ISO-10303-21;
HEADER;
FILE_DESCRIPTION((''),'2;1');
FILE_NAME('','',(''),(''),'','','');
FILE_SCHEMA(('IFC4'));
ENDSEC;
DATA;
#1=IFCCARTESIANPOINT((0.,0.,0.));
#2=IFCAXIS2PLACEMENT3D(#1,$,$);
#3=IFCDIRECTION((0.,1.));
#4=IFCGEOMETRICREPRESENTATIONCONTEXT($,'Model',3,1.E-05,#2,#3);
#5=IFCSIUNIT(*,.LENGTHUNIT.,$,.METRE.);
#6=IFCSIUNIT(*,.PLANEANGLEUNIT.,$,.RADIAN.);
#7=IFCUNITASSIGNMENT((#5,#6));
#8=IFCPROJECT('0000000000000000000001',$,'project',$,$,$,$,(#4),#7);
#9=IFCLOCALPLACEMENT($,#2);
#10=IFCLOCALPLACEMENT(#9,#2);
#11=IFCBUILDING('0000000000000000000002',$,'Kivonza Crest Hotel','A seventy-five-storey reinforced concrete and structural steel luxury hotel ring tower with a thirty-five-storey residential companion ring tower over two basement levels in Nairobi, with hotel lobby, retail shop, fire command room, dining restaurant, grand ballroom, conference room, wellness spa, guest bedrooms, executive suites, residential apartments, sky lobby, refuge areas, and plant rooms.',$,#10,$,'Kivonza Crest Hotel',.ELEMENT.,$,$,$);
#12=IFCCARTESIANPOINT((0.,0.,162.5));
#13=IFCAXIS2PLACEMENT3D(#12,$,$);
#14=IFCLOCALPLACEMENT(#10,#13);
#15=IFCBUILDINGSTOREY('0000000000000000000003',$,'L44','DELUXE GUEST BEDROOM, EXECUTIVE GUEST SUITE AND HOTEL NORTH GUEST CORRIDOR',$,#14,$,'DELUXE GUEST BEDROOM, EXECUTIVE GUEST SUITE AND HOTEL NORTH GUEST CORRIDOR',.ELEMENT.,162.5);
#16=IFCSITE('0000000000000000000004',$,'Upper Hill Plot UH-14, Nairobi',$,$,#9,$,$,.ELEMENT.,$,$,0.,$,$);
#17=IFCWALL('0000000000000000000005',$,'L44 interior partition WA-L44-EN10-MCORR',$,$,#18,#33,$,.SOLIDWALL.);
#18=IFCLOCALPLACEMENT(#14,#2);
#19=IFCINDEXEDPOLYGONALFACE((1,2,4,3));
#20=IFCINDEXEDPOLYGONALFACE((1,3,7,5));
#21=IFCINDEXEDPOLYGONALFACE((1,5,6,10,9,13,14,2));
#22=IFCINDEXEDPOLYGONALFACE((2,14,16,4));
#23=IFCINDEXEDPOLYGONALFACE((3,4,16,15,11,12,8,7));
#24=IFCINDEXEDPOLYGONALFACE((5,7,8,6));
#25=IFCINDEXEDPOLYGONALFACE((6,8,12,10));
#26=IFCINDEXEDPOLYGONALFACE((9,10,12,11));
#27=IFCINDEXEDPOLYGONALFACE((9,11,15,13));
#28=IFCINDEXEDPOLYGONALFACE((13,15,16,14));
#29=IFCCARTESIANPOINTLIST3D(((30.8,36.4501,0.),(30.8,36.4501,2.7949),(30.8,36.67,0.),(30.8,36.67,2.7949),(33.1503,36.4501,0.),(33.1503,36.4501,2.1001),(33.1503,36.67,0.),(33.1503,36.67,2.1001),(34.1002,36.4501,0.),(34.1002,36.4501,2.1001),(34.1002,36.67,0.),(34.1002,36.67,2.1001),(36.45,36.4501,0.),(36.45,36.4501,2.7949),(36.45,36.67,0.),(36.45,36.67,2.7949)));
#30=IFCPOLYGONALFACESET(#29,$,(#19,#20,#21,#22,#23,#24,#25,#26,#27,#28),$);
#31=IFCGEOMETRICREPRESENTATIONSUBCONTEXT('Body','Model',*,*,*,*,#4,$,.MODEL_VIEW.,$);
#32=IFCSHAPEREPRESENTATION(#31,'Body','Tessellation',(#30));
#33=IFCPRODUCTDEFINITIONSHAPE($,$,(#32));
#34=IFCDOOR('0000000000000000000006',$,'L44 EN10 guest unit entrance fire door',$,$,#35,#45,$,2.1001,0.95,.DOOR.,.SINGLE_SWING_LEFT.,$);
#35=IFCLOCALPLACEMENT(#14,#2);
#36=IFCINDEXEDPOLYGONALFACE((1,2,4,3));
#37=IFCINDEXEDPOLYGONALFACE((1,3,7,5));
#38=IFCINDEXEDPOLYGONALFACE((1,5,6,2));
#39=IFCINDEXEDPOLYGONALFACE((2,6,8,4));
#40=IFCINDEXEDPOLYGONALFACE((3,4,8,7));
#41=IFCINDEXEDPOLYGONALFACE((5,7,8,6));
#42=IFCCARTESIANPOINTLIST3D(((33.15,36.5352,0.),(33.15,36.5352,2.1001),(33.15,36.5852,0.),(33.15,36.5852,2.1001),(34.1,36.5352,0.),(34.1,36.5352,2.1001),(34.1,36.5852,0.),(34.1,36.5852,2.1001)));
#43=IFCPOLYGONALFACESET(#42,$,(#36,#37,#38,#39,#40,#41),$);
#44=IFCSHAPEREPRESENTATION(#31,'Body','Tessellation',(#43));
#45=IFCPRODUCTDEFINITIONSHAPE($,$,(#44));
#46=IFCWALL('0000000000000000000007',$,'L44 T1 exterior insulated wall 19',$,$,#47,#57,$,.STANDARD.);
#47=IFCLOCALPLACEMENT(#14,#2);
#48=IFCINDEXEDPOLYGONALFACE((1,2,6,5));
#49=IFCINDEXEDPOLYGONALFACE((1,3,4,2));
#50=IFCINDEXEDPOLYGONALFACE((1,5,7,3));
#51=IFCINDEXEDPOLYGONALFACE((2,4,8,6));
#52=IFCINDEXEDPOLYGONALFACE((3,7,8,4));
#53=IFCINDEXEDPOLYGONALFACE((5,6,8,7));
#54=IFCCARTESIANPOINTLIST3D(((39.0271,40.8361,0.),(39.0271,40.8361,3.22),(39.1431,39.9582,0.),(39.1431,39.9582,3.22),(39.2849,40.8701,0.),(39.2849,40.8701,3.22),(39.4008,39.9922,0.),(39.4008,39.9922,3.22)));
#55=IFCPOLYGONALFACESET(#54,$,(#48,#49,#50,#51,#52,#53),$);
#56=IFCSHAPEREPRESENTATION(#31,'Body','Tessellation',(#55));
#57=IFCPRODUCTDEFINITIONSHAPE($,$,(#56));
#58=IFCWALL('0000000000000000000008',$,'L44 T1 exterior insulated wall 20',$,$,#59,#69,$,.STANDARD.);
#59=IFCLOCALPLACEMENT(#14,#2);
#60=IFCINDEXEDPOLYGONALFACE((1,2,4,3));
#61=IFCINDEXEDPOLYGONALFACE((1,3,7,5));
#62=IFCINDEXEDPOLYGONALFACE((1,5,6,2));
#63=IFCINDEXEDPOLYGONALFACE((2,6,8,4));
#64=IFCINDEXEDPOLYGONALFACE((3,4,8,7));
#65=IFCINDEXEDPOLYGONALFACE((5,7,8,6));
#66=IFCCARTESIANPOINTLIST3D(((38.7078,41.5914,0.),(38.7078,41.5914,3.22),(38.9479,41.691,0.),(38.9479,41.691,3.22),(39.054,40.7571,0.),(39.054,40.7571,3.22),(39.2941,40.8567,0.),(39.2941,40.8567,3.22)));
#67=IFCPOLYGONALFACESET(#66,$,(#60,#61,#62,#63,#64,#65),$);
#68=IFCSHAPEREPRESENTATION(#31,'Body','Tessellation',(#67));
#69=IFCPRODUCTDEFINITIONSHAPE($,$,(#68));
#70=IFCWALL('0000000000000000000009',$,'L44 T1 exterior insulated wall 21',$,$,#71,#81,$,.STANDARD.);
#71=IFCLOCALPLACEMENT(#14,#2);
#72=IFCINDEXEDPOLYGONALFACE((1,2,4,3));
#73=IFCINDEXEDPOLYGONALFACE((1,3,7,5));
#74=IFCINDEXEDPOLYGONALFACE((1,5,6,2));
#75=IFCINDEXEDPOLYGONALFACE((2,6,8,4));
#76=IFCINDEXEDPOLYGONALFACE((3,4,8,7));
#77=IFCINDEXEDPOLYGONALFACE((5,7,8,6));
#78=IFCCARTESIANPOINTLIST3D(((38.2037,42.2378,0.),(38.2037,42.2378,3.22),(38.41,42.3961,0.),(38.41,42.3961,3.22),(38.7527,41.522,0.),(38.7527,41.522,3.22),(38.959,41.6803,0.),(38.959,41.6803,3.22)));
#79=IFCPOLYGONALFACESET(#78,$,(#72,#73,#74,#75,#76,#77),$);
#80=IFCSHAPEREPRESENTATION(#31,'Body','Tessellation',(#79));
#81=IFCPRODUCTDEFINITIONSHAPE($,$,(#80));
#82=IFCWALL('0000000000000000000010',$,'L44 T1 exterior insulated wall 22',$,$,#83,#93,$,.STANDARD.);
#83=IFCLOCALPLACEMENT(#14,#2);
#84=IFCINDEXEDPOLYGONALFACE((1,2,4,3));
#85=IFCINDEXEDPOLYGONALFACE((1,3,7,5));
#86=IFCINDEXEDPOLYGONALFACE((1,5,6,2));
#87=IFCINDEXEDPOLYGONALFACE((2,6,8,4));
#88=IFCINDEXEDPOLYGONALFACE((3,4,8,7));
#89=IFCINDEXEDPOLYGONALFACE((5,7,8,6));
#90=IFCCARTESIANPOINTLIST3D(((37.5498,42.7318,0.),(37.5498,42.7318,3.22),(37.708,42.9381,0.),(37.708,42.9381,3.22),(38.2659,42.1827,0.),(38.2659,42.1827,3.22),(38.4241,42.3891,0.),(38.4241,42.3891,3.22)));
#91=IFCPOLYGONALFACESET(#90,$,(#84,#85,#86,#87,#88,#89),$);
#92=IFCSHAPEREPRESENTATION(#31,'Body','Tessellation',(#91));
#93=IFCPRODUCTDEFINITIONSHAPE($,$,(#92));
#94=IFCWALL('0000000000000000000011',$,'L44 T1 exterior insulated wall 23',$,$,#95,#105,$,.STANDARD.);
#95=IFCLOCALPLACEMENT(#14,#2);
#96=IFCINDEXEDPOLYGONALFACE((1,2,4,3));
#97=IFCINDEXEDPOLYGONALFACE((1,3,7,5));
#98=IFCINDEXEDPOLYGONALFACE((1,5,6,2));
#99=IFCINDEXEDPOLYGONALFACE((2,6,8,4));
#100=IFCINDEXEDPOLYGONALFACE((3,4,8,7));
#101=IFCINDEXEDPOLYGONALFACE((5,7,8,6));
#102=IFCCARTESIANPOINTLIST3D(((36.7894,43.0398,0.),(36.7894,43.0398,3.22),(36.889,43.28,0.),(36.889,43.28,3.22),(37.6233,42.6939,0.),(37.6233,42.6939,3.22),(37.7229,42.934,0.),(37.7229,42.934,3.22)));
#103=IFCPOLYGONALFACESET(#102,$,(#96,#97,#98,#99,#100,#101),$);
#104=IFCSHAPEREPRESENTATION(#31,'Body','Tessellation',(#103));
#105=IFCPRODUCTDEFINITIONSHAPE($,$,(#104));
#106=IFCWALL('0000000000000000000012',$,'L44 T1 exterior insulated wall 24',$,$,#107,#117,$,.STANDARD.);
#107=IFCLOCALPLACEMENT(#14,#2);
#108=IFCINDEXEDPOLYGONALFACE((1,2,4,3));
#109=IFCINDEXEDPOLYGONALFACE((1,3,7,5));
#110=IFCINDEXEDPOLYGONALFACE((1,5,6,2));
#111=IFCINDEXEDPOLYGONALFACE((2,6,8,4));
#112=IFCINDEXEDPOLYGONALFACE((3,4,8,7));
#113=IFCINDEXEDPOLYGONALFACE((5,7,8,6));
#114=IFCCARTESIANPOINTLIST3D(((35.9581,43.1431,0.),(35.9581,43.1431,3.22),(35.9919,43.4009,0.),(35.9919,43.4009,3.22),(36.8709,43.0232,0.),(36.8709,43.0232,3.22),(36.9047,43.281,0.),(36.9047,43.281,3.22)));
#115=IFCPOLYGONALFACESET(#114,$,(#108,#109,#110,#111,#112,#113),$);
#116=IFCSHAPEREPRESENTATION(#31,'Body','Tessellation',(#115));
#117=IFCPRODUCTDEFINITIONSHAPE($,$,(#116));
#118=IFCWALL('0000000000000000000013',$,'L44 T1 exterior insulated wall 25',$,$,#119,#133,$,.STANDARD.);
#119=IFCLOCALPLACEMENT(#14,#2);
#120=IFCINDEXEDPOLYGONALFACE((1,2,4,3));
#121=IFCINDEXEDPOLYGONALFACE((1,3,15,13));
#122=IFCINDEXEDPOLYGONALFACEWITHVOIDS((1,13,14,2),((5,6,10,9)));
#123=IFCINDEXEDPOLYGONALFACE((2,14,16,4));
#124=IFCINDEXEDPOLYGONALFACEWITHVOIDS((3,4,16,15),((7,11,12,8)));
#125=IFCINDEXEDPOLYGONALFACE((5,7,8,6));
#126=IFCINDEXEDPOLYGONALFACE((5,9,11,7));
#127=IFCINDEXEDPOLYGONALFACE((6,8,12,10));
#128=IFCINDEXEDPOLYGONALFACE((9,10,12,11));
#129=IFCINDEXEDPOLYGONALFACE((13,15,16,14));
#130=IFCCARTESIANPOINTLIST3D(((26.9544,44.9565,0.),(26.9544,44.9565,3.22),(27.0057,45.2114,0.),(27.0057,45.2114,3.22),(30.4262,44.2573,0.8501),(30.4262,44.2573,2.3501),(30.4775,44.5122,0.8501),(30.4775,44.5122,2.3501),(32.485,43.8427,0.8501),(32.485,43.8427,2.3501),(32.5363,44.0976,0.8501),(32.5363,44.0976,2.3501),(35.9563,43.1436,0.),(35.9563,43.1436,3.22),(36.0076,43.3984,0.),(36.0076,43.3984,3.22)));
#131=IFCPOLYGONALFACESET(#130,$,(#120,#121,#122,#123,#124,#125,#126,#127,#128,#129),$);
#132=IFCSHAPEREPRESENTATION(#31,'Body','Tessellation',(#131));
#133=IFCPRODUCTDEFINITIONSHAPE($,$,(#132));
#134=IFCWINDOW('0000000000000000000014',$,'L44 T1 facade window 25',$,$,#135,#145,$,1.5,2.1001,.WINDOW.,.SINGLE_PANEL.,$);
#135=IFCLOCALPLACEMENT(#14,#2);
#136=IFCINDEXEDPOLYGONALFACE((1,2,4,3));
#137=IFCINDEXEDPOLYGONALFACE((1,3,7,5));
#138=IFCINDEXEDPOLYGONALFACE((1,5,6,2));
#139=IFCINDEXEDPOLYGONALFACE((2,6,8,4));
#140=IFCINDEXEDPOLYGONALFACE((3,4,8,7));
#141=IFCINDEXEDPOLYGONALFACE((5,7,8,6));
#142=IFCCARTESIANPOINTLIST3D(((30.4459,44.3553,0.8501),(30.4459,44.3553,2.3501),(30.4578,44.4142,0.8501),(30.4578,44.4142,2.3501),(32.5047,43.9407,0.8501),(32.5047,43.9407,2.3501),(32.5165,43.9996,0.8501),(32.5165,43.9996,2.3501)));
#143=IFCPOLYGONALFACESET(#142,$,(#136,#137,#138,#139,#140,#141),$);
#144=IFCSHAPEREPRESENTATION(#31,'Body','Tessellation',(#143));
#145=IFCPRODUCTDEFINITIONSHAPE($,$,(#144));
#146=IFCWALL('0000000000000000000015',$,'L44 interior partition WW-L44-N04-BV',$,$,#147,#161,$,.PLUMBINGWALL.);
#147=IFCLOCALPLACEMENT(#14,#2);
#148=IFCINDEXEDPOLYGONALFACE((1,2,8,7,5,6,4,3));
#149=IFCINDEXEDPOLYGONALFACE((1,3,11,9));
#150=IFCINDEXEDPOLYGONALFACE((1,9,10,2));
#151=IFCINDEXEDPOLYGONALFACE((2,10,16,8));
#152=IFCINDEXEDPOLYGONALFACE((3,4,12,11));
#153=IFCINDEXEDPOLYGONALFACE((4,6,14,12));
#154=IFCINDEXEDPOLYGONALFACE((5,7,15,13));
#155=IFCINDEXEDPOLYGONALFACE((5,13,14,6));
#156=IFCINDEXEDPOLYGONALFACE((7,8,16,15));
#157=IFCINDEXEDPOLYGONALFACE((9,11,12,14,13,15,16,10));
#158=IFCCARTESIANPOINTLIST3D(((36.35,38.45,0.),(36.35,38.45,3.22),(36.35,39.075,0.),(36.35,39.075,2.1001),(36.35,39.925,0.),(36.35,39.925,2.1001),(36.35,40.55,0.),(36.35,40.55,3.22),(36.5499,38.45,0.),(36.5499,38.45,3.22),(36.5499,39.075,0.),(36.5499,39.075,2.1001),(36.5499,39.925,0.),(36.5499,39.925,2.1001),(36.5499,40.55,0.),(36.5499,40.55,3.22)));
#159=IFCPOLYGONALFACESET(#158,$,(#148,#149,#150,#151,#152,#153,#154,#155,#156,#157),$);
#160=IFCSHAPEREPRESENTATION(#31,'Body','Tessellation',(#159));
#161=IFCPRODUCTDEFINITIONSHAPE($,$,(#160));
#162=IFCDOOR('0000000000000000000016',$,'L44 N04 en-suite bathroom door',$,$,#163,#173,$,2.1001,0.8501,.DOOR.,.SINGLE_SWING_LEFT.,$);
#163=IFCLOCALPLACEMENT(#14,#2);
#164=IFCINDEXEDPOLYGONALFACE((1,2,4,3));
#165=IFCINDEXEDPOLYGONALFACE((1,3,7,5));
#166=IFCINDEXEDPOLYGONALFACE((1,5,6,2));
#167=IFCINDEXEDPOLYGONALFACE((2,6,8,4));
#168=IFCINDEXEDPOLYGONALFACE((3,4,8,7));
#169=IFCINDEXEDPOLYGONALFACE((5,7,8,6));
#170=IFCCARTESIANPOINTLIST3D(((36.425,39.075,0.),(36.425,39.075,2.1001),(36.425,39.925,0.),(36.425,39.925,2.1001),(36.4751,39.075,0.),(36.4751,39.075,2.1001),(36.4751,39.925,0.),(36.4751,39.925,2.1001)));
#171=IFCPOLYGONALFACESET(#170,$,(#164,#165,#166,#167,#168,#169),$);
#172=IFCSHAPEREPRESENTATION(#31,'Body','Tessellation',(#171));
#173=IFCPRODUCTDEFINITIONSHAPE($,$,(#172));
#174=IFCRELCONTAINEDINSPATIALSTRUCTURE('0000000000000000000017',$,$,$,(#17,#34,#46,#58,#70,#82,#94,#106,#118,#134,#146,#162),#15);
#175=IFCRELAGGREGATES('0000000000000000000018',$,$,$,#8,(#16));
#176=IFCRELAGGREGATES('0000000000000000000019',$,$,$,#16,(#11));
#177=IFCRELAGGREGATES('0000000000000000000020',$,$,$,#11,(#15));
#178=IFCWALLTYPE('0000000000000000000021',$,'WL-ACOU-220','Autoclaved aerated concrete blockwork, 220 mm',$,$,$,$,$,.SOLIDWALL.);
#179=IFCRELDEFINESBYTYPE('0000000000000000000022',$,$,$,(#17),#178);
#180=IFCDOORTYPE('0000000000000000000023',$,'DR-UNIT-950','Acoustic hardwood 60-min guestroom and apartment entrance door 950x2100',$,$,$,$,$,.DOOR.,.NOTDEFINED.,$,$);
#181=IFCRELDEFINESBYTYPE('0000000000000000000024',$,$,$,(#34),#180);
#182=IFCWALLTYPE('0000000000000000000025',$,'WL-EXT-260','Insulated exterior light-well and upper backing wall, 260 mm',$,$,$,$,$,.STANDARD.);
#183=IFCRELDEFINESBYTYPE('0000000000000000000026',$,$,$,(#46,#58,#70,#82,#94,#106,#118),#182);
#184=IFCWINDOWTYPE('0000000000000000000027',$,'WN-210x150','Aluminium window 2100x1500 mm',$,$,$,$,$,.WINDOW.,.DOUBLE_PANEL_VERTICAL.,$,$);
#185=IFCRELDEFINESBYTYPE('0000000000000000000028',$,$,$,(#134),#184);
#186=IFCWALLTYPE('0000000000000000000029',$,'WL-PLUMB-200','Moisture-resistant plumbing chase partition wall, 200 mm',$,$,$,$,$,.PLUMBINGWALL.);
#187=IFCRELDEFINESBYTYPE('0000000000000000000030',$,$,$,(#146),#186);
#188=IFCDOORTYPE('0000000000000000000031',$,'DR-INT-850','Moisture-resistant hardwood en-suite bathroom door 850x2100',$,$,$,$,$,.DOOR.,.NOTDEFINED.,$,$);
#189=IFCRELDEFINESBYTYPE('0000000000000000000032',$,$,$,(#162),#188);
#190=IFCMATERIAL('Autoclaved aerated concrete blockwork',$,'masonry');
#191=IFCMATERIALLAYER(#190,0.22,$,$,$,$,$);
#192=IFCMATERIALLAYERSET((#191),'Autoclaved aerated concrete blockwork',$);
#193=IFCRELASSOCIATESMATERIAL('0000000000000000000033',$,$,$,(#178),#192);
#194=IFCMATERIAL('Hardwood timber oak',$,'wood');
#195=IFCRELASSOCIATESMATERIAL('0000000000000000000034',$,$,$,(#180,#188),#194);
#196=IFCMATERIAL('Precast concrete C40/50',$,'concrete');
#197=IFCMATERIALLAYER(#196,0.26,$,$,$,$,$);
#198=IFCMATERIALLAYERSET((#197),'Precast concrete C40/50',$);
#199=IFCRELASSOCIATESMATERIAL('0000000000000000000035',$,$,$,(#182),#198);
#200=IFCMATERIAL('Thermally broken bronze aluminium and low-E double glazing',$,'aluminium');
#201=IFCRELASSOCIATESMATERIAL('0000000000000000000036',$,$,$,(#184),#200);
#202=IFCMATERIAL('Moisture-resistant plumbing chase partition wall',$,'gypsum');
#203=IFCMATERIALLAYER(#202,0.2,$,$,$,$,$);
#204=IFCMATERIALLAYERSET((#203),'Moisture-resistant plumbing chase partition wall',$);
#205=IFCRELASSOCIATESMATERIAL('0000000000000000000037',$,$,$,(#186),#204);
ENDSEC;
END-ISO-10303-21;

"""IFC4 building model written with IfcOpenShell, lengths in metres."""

from ifc_helpers import new_model, si_unit, direction, frame, frame_2d, origin, place, context, subcontext, project, spatial, rectangle, extrude, material, layer, layer_set, type_object, element, fill, save


model = new_model("IFC4")

# Units and contexts
model_context = context("Model", 3, precision=1e-05, world=origin(), true_north=direction((0.0, 1.0)))
body_context = subcontext(model_context, "Body", "Model", "MODEL_VIEW")
ifc_project = project(units=[si_unit("LENGTHUNIT", "METRE"), si_unit("PLANEANGLEUNIT", "RADIAN")], contexts=[model_context])

# Site, building, storey
site_placement = place(None, origin())
site = spatial("IfcSite", under=ifc_project, at=site_placement, Name="Upper Hill Plot UH-14, Nairobi", CompositionType="ELEMENT", RefElevation=0.0)
building_placement = place(site_placement, origin())
building = spatial("IfcBuilding", under=site, at=building_placement, Name="Kivonza Crest Hotel", Description="A seventy-five-storey reinforced concrete and structural steel luxury hotel ring tower with a thirty-five-storey residential companion ring tower over two basement levels in Nairobi, with hotel lobby, retail shop, fire command room, dining restaurant, grand ballroom, conference room, wellness spa, guest bedrooms, executive suites, residential apartments, sky lobby, refuge areas, and plant rooms.", LongName="Kivonza Crest Hotel", CompositionType="ELEMENT")
storey_placement = place(building_placement, frame((0.0, 0.0, 162.5)))
storey = spatial("IfcBuildingStorey", under=building, at=storey_placement, Name="L44", Description="DELUXE GUEST BEDROOM, EXECUTIVE GUEST SUITE AND HOTEL NORTH GUEST CORRIDOR", LongName="DELUXE GUEST BEDROOM, EXECUTIVE GUEST SUITE AND HOTEL NORTH GUEST CORRIDOR", CompositionType="ELEMENT", Elevation=162.5)

# Shared definitions
ifc_material_1 = material(Name="Autoclaved aerated concrete blockwork", Category="masonry")
ifc_layer_1 = layer(ifc_material_1, 0.22)
ifc_layer_set_1 = layer_set([ifc_layer_1], Name="Autoclaved aerated concrete blockwork")
wall_type_1 = type_object("IfcWallType", Name="WL-ACOU-220", Description="Autoclaved aerated concrete blockwork, 220 mm", PredefinedType="SOLIDWALL", material=ifc_layer_set_1)

# Wall, opening, door
wall_1_placement = place(storey_placement, frame((30.8, 36.5601, 0.0), z_axis=(0.0, 0.0, 1.0), x_axis=(1.0, 0.0, 0.0)))
wall_1 = element("IfcWall", 1, at=wall_1_placement, inside=storey, type_object=wall_type_1, Name="L44 interior partition WA-L44-EN10-MCORR", PredefinedType="SOLIDWALL", context=body_context, shape_type="SweptSolid", body=[
    extrude(rectangle(XDim=5.6499, YDim=0.22, at=frame_2d((2.825, 0.0))), origin(), (0.0, 0.0, 1.0), 2.7949),
])
opening_1_placement = place(wall_1_placement, frame((2.3501, 0.0, 0.0)))
opening_1 = element("IfcOpeningElement", 2, at=opening_1_placement, cuts=wall_1, PredefinedType="OPENING", context=body_context, shape_type="SweptSolid", body=[
    extrude(rectangle(XDim=0.95, YDim=2.1001, at=frame_2d((0.4751, 1.05))), frame((0.0, 0.1201, 0.0), z_axis=(0.0, -1.0, 0.0), x_axis=(1.0, 0.0, 0.0)), (0.0, 0.0, 1.0), 0.24),
])
ifc_material_2 = material(Name="Hardwood timber oak", Category="wood")
door_type_1 = type_object("IfcDoorType", Name="DR-UNIT-950", Description="Acoustic hardwood 60-min guestroom and apartment entrance door 950x2100", OperationType="NOTDEFINED", PredefinedType="DOOR", material=ifc_material_2)
door_1_placement = place(opening_1_placement, frame((0.95, 0.0, 0.0), z_axis=(0.0, 0.0, 1.0), x_axis=(-1.0, 0.0, 0.0)))
door_1 = element("IfcDoor", 3, at=door_1_placement, inside=storey, type_object=door_type_1, Name="L44 EN10 guest unit entrance fire door", OperationType="SINGLE_SWING_LEFT", OverallHeight=2.1001, OverallWidth=0.95, PredefinedType="DOOR", context=body_context, shape_type="SweptSolid", body=[
    extrude(rectangle(XDim=0.95, YDim=2.1001, at=frame_2d((0.4751, 1.05))), frame((0.0, 0.0249, 0.0), z_axis=(0.0, -1.0, 0.0), x_axis=(1.0, 0.0, 0.0)), (0.0, 0.0, 1.0), 0.05),
])
fill(opening_1, door_1)

# Walls
ifc_material_3 = material(Name="Precast concrete C40/50", Category="concrete")
ifc_layer_2 = layer(ifc_material_3, 0.26)
ifc_layer_set_2 = layer_set([ifc_layer_2], Name="Precast concrete C40/50")
wall_type_2 = type_object("IfcWallType", Name="WL-EXT-260", Description="Insulated exterior light-well and upper backing wall, 260 mm", PredefinedType="STANDARD", material=ifc_layer_set_2)
wall_2_placement = place(storey_placement, frame((39.272, 39.9751, 0.0), z_axis=(0.0, 0.0, 1.0), x_axis=(-0.130954, 0.991388, 0.0)))
element("IfcWall", 4, at=wall_2_placement, inside=storey, type_object=wall_type_2, Name="L44 T1 exterior insulated wall 19", PredefinedType="STANDARD", context=body_context, shape_type="SweptSolid", body=[
    extrude(rectangle(XDim=0.8855, YDim=0.26, at=frame_2d((0.4429, 0.0))), origin(), (0.0, 0.0, 1.0), 3.22),
])
wall_3_placement = place(storey_placement, frame((39.1741, 40.8069, 0.0), z_axis=(0.0, 0.0, 1.0), x_axis=(-0.383291, 0.923628, 0.0)))
element("IfcWall", 5, at=wall_3_placement, inside=storey, type_object=wall_type_2, Name="L44 T1 exterior insulated wall 20", PredefinedType="STANDARD", context=body_context, shape_type="SweptSolid", body=[
    extrude(rectangle(XDim=0.9033, YDim=0.26, at=frame_2d((0.4517, 0.0))), origin(), (0.0, 0.0, 1.0), 3.22),
])
wall_4_placement = place(storey_placement, frame((38.856, 41.6011, 0.0), z_axis=(0.0, 0.0, 1.0), x_axis=(-0.608625, 0.793458, 0.0)))
element("IfcWall", 6, at=wall_4_placement, inside=storey, type_object=wall_type_2, Name="L44 T1 exterior insulated wall 21", PredefinedType="STANDARD", context=body_context, shape_type="SweptSolid", body=[
    extrude(rectangle(XDim=0.9021, YDim=0.26, at=frame_2d((0.4512, 0.0))), origin(), (0.0, 0.0, 1.0), 3.22),
])
wall_5_placement = place(storey_placement, frame((38.345, 42.2859, 0.0), z_axis=(0.0, 0.0, 1.0), x_axis=(-0.793558, 0.608494, 0.0)))
element("IfcWall", 7, at=wall_5_placement, inside=storey, type_object=wall_type_2, Name="L44 T1 exterior insulated wall 22", PredefinedType="STANDARD", context=body_context, shape_type="SweptSolid", body=[
    extrude(rectangle(XDim=0.9023, YDim=0.26, at=frame_2d((0.4512, 0.0))), origin(), (0.0, 0.0, 1.0), 3.22),
])
wall_6_placement = place(storey_placement, frame((37.6731, 42.814, 0.0), z_axis=(0.0, 0.0, 1.0), x_axis=(-0.923684, 0.383156, 0.0)))
element("IfcWall", 8, at=wall_6_placement, inside=storey, type_object=wall_type_2, Name="L44 T1 exterior insulated wall 23", PredefinedType="STANDARD", context=body_context, shape_type="SweptSolid", body=[
    extrude(rectangle(XDim=0.9028, YDim=0.26, at=frame_2d((0.4514, 0.0))), origin(), (0.0, 0.0, 1.0), 3.22),
])
wall_7_placement = place(storey_placement, frame((36.8879, 43.1521, 0.0), z_axis=(0.0, 0.0, 1.0), x_axis=(-0.991488, 0.130201, 0.0)))
element("IfcWall", 9, at=wall_7_placement, inside=storey, type_object=wall_type_2, Name="L44 T1 exterior insulated wall 24", PredefinedType="STANDARD", context=body_context, shape_type="SweptSolid", body=[
    extrude(rectangle(XDim=0.9207, YDim=0.26, at=frame_2d((0.4604, 0.0))), origin(), (0.0, 0.0, 1.0), 3.22),
])

# Wall, opening, window
wall_8_placement = place(storey_placement, frame((35.9819, 43.271, 0.0), z_axis=(0.0, 0.0, 1.0), x_axis=(-0.980316, 0.197435, 0.0)))
wall_8 = element("IfcWall", 10, at=wall_8_placement, inside=storey, type_object=wall_type_2, Name="L44 T1 exterior insulated wall 25", PredefinedType="STANDARD", context=body_context, shape_type="SweptSolid", body=[
    extrude(rectangle(XDim=9.1826, YDim=0.26, at=frame_2d((4.5913, 0.0))), origin(), (0.0, 0.0, 1.0), 3.22),
])
opening_2_placement = place(wall_8_placement, frame((3.541, 0.0, 0.8501)))
opening_2 = element("IfcOpeningElement", 11, at=opening_2_placement, cuts=wall_8, PredefinedType="OPENING", context=body_context, shape_type="SweptSolid", body=[
    extrude(rectangle(XDim=2.1001, YDim=1.5, at=frame_2d((1.05, 0.75))), frame((0.0, 0.1401, 0.0), z_axis=(0.0, -1.0, 0.0), x_axis=(1.0, 0.0, 0.0)), (0.0, 0.0, 1.0), 0.28),
])
ifc_material_4 = material(Name="Thermally broken bronze aluminium and low-E double glazing", Category="aluminium")
window_type = type_object("IfcWindowType", Name="WN-210x150", Description="Aluminium window 2100x1500 mm", PartitioningType="DOUBLE_PANEL_VERTICAL", PredefinedType="WINDOW", material=ifc_material_4)
window_placement = place(opening_2_placement, origin())
window = element("IfcWindow", 12, at=window_placement, inside=storey, type_object=window_type, Name="L44 T1 facade window 25", OverallHeight=1.5, OverallWidth=2.1001, PartitioningType="SINGLE_PANEL", PredefinedType="WINDOW", context=body_context, shape_type="SweptSolid", body=[
    extrude(rectangle(XDim=2.1001, YDim=1.5, at=frame_2d((1.05, 0.75))), frame((0.0, 0.03, 0.0), z_axis=(0.0, -1.0, 0.0), x_axis=(1.0, 0.0, 0.0)), (0.0, 0.0, 1.0), 0.0601),
])
fill(opening_2, window)

# Wall, opening, door
ifc_material_5 = material(Name="Moisture-resistant plumbing chase partition wall", Category="gypsum")
ifc_layer_3 = layer(ifc_material_5, 0.2)
ifc_layer_set_3 = layer_set([ifc_layer_3], Name="Moisture-resistant plumbing chase partition wall")
wall_type_3 = type_object("IfcWallType", Name="WL-PLUMB-200", Description="Moisture-resistant plumbing chase partition wall, 200 mm", PredefinedType="PLUMBINGWALL", material=ifc_layer_set_3)
wall_9_placement = place(storey_placement, frame((36.45, 38.45, 0.0), z_axis=(0.0, 0.0, 1.0), x_axis=(0.0, 1.0, 0.0)))
wall_9 = element("IfcWall", 13, at=wall_9_placement, inside=storey, type_object=wall_type_3, Name="L44 interior partition WW-L44-N04-BV", PredefinedType="PLUMBINGWALL", context=body_context, shape_type="SweptSolid", body=[
    extrude(rectangle(XDim=2.1001, YDim=0.2, at=frame_2d((1.05, 0.0))), origin(), (0.0, 0.0, 1.0), 3.22),
])
opening_3_placement = place(wall_9_placement, frame((0.625, 0.0, 0.0)))
opening_3 = element("IfcOpeningElement", 14, at=opening_3_placement, cuts=wall_9, PredefinedType="OPENING", context=body_context, shape_type="SweptSolid", body=[
    extrude(rectangle(XDim=0.8501, YDim=2.1001, at=frame_2d((0.425, 1.05))), frame((0.0, 0.1099, 0.0), z_axis=(0.0, -1.0, 0.0), x_axis=(1.0, 0.0, 0.0)), (0.0, 0.0, 1.0), 0.22),
])
door_type_2 = type_object("IfcDoorType", Name="DR-INT-850", Description="Moisture-resistant hardwood en-suite bathroom door 850x2100", OperationType="NOTDEFINED", PredefinedType="DOOR", material=ifc_material_2)
door_2_placement = place(opening_3_placement, origin())
door_2 = element("IfcDoor", 15, at=door_2_placement, inside=storey, type_object=door_type_2, Name="L44 N04 en-suite bathroom door", OperationType="SINGLE_SWING_LEFT", OverallHeight=2.1001, OverallWidth=0.8501, PredefinedType="DOOR", context=body_context, shape_type="SweptSolid", body=[
    extrude(rectangle(XDim=0.8501, YDim=2.1001, at=frame_2d((0.425, 1.05))), frame((0.0, 0.0249, 0.0), z_axis=(0.0, -1.0, 0.0), x_axis=(1.0, 0.0, 0.0)), (0.0, 0.0, 1.0), 0.05),
])
fill(opening_3, door_2)

save(model, "model.ifc")
